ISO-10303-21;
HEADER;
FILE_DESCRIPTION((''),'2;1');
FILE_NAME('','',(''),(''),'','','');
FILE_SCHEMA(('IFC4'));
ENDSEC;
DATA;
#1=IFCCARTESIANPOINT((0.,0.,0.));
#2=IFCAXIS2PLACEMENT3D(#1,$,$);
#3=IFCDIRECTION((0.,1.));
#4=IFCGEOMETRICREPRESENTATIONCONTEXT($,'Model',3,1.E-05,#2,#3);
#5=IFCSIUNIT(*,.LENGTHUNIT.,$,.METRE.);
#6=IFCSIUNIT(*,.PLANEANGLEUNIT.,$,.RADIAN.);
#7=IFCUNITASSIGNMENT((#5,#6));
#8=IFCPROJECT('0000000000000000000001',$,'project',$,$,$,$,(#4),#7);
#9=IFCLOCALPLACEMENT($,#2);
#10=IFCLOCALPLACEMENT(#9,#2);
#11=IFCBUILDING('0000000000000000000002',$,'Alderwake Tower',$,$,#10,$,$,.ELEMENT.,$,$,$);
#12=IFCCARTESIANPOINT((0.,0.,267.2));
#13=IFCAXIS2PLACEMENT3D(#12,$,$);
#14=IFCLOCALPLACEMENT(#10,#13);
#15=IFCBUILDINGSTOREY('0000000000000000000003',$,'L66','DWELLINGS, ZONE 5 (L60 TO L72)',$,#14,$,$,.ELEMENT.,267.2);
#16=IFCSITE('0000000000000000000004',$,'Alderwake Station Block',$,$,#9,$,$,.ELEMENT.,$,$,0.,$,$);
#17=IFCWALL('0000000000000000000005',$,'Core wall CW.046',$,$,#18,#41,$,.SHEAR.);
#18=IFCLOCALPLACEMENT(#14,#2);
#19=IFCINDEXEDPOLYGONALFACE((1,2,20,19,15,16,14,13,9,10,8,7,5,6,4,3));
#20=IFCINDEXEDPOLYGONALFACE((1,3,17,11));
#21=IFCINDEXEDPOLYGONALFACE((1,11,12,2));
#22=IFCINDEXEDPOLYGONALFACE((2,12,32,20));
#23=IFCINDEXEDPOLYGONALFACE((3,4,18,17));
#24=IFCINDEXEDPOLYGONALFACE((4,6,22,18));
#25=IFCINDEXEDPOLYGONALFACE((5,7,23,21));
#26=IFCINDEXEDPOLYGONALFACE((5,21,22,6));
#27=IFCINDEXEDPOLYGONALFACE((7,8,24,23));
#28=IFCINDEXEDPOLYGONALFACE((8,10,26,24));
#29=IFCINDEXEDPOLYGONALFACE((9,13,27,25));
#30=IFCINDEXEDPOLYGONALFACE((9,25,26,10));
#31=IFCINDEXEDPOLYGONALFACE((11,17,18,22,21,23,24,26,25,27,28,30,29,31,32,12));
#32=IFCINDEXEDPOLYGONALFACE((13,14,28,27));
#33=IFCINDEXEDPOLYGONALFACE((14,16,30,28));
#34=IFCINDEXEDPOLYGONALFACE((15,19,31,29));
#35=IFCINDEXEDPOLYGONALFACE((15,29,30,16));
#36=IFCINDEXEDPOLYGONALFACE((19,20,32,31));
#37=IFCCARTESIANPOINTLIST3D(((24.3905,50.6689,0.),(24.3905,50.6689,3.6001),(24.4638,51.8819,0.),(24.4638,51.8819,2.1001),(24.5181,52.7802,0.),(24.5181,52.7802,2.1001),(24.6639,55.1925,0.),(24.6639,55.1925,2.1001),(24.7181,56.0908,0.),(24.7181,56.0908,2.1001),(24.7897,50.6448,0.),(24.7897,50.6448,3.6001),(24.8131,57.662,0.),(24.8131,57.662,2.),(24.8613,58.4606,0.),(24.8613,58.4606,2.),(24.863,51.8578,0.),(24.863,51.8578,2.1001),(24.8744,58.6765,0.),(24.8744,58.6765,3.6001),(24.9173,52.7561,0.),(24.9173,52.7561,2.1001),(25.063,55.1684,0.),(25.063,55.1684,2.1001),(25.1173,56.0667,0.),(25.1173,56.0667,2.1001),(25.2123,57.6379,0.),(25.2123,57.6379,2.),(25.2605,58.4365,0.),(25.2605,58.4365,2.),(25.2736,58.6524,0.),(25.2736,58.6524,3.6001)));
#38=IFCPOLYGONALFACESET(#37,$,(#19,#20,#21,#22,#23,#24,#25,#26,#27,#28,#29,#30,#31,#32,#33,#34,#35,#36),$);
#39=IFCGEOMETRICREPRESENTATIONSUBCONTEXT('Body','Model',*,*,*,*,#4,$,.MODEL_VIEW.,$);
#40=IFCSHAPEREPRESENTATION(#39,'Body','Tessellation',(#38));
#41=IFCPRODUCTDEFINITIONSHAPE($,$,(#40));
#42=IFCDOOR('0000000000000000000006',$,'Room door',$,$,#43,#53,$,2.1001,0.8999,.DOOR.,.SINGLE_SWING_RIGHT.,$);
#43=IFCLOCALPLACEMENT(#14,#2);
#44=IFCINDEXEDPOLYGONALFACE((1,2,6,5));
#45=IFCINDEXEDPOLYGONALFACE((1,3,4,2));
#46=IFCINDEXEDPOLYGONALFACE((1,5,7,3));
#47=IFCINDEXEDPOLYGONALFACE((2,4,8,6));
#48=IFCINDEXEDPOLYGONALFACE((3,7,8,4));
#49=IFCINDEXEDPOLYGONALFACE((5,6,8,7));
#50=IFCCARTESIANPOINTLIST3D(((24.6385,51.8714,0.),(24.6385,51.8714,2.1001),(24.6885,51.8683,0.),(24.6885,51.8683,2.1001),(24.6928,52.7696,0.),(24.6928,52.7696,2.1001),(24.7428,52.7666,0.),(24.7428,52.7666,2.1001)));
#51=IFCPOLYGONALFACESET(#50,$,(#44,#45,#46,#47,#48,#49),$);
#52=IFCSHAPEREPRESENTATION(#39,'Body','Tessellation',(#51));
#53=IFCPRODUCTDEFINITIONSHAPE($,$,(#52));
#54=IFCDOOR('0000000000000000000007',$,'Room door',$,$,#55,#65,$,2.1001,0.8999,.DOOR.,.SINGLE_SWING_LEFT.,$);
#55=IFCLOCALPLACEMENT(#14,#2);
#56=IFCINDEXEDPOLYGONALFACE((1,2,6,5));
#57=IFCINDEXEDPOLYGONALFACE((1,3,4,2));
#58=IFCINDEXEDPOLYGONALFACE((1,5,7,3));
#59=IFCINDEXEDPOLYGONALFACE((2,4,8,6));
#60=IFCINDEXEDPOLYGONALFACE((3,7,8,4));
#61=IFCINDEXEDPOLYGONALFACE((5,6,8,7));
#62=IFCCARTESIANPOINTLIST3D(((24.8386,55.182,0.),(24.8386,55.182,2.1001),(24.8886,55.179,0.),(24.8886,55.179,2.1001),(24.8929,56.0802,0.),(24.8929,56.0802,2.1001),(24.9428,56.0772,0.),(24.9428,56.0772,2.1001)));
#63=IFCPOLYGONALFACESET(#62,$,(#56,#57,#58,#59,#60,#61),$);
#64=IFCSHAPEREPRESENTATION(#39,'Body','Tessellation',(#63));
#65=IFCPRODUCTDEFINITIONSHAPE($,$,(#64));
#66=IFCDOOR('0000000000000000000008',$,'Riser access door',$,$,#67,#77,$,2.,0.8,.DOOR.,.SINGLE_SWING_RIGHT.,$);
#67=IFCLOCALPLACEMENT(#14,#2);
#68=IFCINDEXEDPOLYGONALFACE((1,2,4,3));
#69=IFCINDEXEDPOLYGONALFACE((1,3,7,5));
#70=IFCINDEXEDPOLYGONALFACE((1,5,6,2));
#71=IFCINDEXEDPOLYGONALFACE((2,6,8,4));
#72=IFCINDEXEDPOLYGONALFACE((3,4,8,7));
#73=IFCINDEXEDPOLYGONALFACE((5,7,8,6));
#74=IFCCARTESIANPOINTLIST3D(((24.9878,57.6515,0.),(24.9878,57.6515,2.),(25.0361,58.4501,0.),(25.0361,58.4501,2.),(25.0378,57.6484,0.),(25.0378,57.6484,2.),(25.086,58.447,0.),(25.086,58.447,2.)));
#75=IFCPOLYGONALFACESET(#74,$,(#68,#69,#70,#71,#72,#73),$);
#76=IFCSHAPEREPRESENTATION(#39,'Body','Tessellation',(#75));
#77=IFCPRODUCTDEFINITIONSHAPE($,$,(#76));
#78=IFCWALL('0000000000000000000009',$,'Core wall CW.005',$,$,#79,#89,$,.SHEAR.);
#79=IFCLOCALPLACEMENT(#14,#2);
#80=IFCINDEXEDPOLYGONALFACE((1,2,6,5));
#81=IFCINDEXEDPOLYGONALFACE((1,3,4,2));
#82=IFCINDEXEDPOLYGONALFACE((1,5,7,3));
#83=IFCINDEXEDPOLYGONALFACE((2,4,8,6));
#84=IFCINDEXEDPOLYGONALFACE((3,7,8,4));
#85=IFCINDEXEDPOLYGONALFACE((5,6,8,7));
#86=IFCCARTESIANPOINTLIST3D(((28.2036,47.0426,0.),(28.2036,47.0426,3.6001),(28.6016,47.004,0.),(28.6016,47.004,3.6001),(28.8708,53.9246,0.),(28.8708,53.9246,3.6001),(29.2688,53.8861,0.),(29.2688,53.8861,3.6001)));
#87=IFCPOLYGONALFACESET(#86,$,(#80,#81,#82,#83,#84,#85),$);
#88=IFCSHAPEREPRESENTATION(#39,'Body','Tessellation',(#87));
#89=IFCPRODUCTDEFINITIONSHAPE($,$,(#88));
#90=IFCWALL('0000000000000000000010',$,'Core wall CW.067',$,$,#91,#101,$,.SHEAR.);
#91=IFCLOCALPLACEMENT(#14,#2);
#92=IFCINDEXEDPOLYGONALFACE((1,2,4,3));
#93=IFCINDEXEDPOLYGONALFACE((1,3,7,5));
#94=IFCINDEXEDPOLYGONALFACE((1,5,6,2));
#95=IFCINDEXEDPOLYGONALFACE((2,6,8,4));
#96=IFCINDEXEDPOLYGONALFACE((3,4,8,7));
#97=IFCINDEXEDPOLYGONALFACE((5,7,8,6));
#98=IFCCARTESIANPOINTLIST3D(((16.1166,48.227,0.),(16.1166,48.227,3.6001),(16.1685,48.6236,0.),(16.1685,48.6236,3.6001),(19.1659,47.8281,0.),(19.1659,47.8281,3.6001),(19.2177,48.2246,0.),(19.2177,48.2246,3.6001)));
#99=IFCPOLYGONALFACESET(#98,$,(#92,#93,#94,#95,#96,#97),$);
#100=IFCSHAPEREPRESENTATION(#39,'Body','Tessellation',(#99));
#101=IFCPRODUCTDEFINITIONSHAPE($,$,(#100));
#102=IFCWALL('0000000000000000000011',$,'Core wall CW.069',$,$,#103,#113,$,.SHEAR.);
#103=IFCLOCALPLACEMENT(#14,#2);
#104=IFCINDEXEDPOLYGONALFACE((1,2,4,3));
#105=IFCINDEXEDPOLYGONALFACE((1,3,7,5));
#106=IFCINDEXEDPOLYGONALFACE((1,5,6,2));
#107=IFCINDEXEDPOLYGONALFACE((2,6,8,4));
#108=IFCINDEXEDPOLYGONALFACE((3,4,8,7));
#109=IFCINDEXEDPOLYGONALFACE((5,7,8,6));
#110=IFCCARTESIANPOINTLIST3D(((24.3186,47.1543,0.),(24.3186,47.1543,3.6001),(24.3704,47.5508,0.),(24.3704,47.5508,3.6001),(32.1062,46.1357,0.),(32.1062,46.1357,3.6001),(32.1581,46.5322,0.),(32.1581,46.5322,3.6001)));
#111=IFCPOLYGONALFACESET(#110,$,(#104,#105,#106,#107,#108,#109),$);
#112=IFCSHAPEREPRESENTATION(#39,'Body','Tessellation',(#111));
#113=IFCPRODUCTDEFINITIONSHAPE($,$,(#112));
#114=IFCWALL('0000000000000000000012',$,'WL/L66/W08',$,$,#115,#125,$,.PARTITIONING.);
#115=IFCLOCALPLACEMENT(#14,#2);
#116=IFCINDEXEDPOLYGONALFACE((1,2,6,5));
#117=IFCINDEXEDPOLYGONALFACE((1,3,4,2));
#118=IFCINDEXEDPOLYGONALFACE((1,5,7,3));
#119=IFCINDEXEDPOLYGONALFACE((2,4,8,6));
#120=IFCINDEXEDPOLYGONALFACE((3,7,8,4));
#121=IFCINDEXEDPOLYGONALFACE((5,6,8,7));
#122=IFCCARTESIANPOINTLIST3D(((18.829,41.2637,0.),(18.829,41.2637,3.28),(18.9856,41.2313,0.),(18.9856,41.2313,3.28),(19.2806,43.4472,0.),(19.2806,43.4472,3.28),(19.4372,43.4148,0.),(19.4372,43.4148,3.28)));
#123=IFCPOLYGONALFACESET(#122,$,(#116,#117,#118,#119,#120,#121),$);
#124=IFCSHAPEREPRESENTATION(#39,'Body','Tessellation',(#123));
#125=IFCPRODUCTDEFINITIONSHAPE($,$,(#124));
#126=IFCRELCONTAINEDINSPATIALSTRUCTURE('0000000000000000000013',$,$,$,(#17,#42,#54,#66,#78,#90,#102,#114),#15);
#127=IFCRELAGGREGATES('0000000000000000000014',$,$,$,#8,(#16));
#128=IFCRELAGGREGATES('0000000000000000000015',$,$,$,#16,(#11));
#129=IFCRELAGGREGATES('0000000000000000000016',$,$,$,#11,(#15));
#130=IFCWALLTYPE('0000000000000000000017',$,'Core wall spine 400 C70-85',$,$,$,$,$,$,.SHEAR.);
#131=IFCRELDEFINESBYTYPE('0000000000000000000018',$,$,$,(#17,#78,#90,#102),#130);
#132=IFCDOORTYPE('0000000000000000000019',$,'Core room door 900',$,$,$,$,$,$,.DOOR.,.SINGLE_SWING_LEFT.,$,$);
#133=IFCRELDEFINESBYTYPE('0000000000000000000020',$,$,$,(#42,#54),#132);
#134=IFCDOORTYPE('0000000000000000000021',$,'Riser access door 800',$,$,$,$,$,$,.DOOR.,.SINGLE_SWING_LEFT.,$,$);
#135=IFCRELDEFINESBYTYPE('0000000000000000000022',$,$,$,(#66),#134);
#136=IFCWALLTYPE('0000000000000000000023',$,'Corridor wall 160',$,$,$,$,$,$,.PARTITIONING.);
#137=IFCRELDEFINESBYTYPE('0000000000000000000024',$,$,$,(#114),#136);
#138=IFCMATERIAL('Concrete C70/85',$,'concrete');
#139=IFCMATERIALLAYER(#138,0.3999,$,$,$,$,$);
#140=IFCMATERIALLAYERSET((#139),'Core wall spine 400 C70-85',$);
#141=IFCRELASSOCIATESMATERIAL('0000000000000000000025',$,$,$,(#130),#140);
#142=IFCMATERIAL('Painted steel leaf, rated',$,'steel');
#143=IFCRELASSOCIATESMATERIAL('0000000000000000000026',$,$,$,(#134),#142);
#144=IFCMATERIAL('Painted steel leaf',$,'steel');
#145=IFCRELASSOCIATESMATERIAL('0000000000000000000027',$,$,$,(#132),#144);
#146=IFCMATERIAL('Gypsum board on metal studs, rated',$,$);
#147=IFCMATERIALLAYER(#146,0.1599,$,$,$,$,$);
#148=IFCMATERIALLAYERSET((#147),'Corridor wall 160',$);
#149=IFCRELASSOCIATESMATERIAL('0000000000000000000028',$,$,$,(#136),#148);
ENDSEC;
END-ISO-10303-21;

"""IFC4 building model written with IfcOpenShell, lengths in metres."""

from ifc_helpers import new_model, si_unit, direction, frame, frame_2d, origin, place, context, subcontext, project, spatial, rectangle, extrude, material, layer, layer_set, type_object, element, fill, save


model = new_model("IFC4")

# Units and contexts
model_context = context("Model", 3, precision=1e-05, world=origin(), true_north=direction((0.0, 1.0)))
body_context = subcontext(model_context, "Body", "Model", "MODEL_VIEW")
ifc_project = project(units=[si_unit("LENGTHUNIT", "METRE"), si_unit("PLANEANGLEUNIT", "RADIAN")], contexts=[model_context])

# Site, building, storey
site_placement = place(None, origin())
site = spatial("IfcSite", under=ifc_project, at=site_placement, Name="Alderwake Station Block", CompositionType="ELEMENT", RefElevation=0.0)
building_placement = place(site_placement, origin())
building = spatial("IfcBuilding", under=site, at=building_placement, Name="Alderwake Tower", CompositionType="ELEMENT")
storey_placement = place(building_placement, frame((0.0, 0.0, 267.2)))
storey = spatial("IfcBuildingStorey", under=building, at=storey_placement, Name="L66", Description="DWELLINGS, ZONE 5 (L60 TO L72)", CompositionType="ELEMENT", Elevation=267.2)

# Shared definitions
ifc_material_1 = material(Name="Concrete C70/85", Category="concrete")
ifc_layer_1 = layer(ifc_material_1, 0.3999)
ifc_layer_set_1 = layer_set([ifc_layer_1], Name="Core wall spine 400 C70-85")
wall_type_1 = type_object("IfcWallType", Name="Core wall spine 400 C70-85", PredefinedType="SHEAR", material=ifc_layer_set_1)
ifc_material_2 = material(Name="Painted steel leaf, rated", Category="steel")
door_type_1 = type_object("IfcDoorType", Name="Riser access door 800", OperationType="SINGLE_SWING_LEFT", PredefinedType="DOOR", material=ifc_material_2)

# Wall, openings, doors
wall_1_placement = place(storey_placement, frame((24.5901, 50.6567, 0.0), z_axis=(0.0, 0.0, 1.0), x_axis=(0.060319, 0.998179, 0.0)))
wall_1 = element("IfcWall", 1, at=wall_1_placement, inside=storey, type_object=wall_type_1, Name="Core wall CW.046", PredefinedType="SHEAR", context=body_context, shape_type="SweptSolid", body=[
    extrude(rectangle(XDim=8.0222, YDim=0.3999, at=frame_2d((4.0112, 0.0))), origin(), (0.0, 0.0, 1.0), 3.6001),
])
opening_1_placement = place(wall_1_placement, frame((7.0061, 0.0, 0.0)))
opening_1 = element("IfcOpeningElement", 2, at=opening_1_placement, cuts=wall_1, PredefinedType="OPENING", context=body_context, shape_type="SweptSolid", body=[
    extrude(rectangle(XDim=0.8, YDim=2.0, at=frame_2d((0.3999, 1.0))), frame((0.0, 0.21, 0.0), z_axis=(0.0, -1.0, 0.0), x_axis=(1.0, 0.0, 0.0)), (0.0, 0.0, 1.0), 0.4199),
])
opening_2_placement = place(wall_1_placement, frame((1.2153, 0.0, 0.0)))
opening_2 = element("IfcOpeningElement", 3, at=opening_2_placement, cuts=wall_1, PredefinedType="OPENING", context=body_context, shape_type="SweptSolid", body=[
    extrude(rectangle(XDim=0.8999, YDim=2.1001, at=frame_2d((0.45, 1.05))), frame((0.0, 0.21, 0.0), z_axis=(0.0, -1.0, 0.0), x_axis=(1.0, 0.0, 0.0)), (0.0, 0.0, 1.0), 0.4199),
])
opening_3_placement = place(wall_1_placement, frame((4.532, 0.0, 0.0)))
opening_3 = element("IfcOpeningElement", 4, at=opening_3_placement, cuts=wall_1, PredefinedType="OPENING", context=body_context, shape_type="SweptSolid", body=[
    extrude(rectangle(XDim=0.8999, YDim=2.1001, at=frame_2d((0.45, 1.05))), frame((0.0, 0.21, 0.0), z_axis=(0.0, -1.0, 0.0), x_axis=(1.0, 0.0, 0.0)), (0.0, 0.0, 1.0), 0.4199),
])
ifc_material_3 = material(Name="Painted steel leaf", Category="steel")
door_type_2 = type_object("IfcDoorType", Name="Core room door 900", OperationType="SINGLE_SWING_LEFT", PredefinedType="DOOR", material=ifc_material_3)
door_1_placement = place(opening_2_placement, origin())
door_1 = element("IfcDoor", 5, at=door_1_placement, inside=storey, type_object=door_type_2, Name="Room door", OperationType="SINGLE_SWING_RIGHT", OverallHeight=2.1001, OverallWidth=0.8999, PredefinedType="DOOR", context=body_context, shape_type="SweptSolid", body=[
    extrude(rectangle(XDim=0.8999, YDim=2.1001, at=frame_2d((0.45, 1.05))), frame((0.0, 0.0249, 0.0), z_axis=(0.0, -1.0, 0.0), x_axis=(1.0, 0.0, 0.0)), (0.0, 0.0, 1.0), 0.05),
])
fill(opening_2, door_1)
door_2_placement = place(opening_3_placement, origin())
door_2 = element("IfcDoor", 6, at=door_2_placement, inside=storey, type_object=door_type_2, Name="Room door", OperationType="SINGLE_SWING_LEFT", OverallHeight=2.1001, OverallWidth=0.8999, PredefinedType="DOOR", context=body_context, shape_type="SweptSolid", body=[
    extrude(rectangle(XDim=0.8999, YDim=2.1001, at=frame_2d((0.45, 1.05))), frame((0.0, 0.0249, 0.0), z_axis=(0.0, -1.0, 0.0), x_axis=(1.0, 0.0, 0.0)), (0.0, 0.0, 1.0), 0.05),
])
fill(opening_3, door_2)
door_3_placement = place(opening_1_placement, origin())
door_3 = element("IfcDoor", 7, at=door_3_placement, inside=storey, type_object=door_type_1, Name="Riser access door", OperationType="SINGLE_SWING_RIGHT", OverallHeight=2.0, OverallWidth=0.8, PredefinedType="DOOR", context=body_context, shape_type="SweptSolid", body=[
    extrude(rectangle(XDim=0.8, YDim=2.0, at=frame_2d((0.3999, 1.0))), frame((0.0, 0.0249, 0.0), z_axis=(0.0, -1.0, 0.0), x_axis=(1.0, 0.0, 0.0)), (0.0, 0.0, 1.0), 0.05),
])
fill(opening_1, door_3)

# Walls
wall_2_placement = place(storey_placement, frame((28.4026, 47.0234, 0.0), z_axis=(0.0, 0.0, 1.0), x_axis=(0.0965, 0.995333, 0.0)))
element("IfcWall", 8, at=wall_2_placement, inside=storey, type_object=wall_type_1, Name="Core wall CW.005", PredefinedType="SHEAR", context=body_context, shape_type="SweptSolid", body=[
    extrude(rectangle(XDim=6.9143, YDim=0.3999, at=frame_2d((3.457, 0.0))), origin(), (0.0, 0.0, 1.0), 3.6001),
])
wall_3_placement = place(storey_placement, frame((16.1426, 48.4253, 0.0), z_axis=(0.0, 0.0, 1.0), x_axis=(0.991551, -0.129719, 0.0)))
element("IfcWall", 9, at=wall_3_placement, inside=storey, type_object=wall_type_1, Name="Core wall CW.067", PredefinedType="SHEAR", context=body_context, shape_type="SweptSolid", body=[
    extrude(rectangle(XDim=3.0752, YDim=0.3999, at=frame_2d((1.5376, 0.0))), origin(), (0.0, 0.0, 1.0), 3.6001),
])
wall_4_placement = place(storey_placement, frame((24.3445, 47.3525, 0.0), z_axis=(0.0, 0.0, 1.0), x_axis=(0.991555, -0.129687, 0.0)))
element("IfcWall", 10, at=wall_4_placement, inside=storey, type_object=wall_type_1, Name="Core wall CW.069", PredefinedType="SHEAR", context=body_context, shape_type="SweptSolid", body=[
    extrude(rectangle(XDim=7.854, YDim=0.3999, at=frame_2d((3.927, 0.0))), origin(), (0.0, 0.0, 1.0), 3.6001),
])
ifc_material_4 = material(Name="Gypsum board on metal studs, rated")
ifc_layer_2 = layer(ifc_material_4, 0.1599)
ifc_layer_set_2 = layer_set([ifc_layer_2], Name="Corridor wall 160")
wall_type_2 = type_object("IfcWallType", Name="Corridor wall 160", PredefinedType="PARTITIONING", material=ifc_layer_set_2)
wall_5_placement = place(storey_placement, frame((19.3589, 43.4309, 0.0), z_axis=(0.0, 0.0, 1.0), x_axis=(-0.202555, -0.979271, 0.0)))
element("IfcWall", 11, at=wall_5_placement, inside=storey, type_object=wall_type_2, Name="WL/L66/W08", PredefinedType="PARTITIONING", context=body_context, shape_type="SweptSolid", body=[
    extrude(rectangle(XDim=2.2297, YDim=0.1599, at=frame_2d((1.1147, 0.0))), origin(), (0.0, 0.0, 1.0), 3.28),
])

save(model, "model.ifc")
